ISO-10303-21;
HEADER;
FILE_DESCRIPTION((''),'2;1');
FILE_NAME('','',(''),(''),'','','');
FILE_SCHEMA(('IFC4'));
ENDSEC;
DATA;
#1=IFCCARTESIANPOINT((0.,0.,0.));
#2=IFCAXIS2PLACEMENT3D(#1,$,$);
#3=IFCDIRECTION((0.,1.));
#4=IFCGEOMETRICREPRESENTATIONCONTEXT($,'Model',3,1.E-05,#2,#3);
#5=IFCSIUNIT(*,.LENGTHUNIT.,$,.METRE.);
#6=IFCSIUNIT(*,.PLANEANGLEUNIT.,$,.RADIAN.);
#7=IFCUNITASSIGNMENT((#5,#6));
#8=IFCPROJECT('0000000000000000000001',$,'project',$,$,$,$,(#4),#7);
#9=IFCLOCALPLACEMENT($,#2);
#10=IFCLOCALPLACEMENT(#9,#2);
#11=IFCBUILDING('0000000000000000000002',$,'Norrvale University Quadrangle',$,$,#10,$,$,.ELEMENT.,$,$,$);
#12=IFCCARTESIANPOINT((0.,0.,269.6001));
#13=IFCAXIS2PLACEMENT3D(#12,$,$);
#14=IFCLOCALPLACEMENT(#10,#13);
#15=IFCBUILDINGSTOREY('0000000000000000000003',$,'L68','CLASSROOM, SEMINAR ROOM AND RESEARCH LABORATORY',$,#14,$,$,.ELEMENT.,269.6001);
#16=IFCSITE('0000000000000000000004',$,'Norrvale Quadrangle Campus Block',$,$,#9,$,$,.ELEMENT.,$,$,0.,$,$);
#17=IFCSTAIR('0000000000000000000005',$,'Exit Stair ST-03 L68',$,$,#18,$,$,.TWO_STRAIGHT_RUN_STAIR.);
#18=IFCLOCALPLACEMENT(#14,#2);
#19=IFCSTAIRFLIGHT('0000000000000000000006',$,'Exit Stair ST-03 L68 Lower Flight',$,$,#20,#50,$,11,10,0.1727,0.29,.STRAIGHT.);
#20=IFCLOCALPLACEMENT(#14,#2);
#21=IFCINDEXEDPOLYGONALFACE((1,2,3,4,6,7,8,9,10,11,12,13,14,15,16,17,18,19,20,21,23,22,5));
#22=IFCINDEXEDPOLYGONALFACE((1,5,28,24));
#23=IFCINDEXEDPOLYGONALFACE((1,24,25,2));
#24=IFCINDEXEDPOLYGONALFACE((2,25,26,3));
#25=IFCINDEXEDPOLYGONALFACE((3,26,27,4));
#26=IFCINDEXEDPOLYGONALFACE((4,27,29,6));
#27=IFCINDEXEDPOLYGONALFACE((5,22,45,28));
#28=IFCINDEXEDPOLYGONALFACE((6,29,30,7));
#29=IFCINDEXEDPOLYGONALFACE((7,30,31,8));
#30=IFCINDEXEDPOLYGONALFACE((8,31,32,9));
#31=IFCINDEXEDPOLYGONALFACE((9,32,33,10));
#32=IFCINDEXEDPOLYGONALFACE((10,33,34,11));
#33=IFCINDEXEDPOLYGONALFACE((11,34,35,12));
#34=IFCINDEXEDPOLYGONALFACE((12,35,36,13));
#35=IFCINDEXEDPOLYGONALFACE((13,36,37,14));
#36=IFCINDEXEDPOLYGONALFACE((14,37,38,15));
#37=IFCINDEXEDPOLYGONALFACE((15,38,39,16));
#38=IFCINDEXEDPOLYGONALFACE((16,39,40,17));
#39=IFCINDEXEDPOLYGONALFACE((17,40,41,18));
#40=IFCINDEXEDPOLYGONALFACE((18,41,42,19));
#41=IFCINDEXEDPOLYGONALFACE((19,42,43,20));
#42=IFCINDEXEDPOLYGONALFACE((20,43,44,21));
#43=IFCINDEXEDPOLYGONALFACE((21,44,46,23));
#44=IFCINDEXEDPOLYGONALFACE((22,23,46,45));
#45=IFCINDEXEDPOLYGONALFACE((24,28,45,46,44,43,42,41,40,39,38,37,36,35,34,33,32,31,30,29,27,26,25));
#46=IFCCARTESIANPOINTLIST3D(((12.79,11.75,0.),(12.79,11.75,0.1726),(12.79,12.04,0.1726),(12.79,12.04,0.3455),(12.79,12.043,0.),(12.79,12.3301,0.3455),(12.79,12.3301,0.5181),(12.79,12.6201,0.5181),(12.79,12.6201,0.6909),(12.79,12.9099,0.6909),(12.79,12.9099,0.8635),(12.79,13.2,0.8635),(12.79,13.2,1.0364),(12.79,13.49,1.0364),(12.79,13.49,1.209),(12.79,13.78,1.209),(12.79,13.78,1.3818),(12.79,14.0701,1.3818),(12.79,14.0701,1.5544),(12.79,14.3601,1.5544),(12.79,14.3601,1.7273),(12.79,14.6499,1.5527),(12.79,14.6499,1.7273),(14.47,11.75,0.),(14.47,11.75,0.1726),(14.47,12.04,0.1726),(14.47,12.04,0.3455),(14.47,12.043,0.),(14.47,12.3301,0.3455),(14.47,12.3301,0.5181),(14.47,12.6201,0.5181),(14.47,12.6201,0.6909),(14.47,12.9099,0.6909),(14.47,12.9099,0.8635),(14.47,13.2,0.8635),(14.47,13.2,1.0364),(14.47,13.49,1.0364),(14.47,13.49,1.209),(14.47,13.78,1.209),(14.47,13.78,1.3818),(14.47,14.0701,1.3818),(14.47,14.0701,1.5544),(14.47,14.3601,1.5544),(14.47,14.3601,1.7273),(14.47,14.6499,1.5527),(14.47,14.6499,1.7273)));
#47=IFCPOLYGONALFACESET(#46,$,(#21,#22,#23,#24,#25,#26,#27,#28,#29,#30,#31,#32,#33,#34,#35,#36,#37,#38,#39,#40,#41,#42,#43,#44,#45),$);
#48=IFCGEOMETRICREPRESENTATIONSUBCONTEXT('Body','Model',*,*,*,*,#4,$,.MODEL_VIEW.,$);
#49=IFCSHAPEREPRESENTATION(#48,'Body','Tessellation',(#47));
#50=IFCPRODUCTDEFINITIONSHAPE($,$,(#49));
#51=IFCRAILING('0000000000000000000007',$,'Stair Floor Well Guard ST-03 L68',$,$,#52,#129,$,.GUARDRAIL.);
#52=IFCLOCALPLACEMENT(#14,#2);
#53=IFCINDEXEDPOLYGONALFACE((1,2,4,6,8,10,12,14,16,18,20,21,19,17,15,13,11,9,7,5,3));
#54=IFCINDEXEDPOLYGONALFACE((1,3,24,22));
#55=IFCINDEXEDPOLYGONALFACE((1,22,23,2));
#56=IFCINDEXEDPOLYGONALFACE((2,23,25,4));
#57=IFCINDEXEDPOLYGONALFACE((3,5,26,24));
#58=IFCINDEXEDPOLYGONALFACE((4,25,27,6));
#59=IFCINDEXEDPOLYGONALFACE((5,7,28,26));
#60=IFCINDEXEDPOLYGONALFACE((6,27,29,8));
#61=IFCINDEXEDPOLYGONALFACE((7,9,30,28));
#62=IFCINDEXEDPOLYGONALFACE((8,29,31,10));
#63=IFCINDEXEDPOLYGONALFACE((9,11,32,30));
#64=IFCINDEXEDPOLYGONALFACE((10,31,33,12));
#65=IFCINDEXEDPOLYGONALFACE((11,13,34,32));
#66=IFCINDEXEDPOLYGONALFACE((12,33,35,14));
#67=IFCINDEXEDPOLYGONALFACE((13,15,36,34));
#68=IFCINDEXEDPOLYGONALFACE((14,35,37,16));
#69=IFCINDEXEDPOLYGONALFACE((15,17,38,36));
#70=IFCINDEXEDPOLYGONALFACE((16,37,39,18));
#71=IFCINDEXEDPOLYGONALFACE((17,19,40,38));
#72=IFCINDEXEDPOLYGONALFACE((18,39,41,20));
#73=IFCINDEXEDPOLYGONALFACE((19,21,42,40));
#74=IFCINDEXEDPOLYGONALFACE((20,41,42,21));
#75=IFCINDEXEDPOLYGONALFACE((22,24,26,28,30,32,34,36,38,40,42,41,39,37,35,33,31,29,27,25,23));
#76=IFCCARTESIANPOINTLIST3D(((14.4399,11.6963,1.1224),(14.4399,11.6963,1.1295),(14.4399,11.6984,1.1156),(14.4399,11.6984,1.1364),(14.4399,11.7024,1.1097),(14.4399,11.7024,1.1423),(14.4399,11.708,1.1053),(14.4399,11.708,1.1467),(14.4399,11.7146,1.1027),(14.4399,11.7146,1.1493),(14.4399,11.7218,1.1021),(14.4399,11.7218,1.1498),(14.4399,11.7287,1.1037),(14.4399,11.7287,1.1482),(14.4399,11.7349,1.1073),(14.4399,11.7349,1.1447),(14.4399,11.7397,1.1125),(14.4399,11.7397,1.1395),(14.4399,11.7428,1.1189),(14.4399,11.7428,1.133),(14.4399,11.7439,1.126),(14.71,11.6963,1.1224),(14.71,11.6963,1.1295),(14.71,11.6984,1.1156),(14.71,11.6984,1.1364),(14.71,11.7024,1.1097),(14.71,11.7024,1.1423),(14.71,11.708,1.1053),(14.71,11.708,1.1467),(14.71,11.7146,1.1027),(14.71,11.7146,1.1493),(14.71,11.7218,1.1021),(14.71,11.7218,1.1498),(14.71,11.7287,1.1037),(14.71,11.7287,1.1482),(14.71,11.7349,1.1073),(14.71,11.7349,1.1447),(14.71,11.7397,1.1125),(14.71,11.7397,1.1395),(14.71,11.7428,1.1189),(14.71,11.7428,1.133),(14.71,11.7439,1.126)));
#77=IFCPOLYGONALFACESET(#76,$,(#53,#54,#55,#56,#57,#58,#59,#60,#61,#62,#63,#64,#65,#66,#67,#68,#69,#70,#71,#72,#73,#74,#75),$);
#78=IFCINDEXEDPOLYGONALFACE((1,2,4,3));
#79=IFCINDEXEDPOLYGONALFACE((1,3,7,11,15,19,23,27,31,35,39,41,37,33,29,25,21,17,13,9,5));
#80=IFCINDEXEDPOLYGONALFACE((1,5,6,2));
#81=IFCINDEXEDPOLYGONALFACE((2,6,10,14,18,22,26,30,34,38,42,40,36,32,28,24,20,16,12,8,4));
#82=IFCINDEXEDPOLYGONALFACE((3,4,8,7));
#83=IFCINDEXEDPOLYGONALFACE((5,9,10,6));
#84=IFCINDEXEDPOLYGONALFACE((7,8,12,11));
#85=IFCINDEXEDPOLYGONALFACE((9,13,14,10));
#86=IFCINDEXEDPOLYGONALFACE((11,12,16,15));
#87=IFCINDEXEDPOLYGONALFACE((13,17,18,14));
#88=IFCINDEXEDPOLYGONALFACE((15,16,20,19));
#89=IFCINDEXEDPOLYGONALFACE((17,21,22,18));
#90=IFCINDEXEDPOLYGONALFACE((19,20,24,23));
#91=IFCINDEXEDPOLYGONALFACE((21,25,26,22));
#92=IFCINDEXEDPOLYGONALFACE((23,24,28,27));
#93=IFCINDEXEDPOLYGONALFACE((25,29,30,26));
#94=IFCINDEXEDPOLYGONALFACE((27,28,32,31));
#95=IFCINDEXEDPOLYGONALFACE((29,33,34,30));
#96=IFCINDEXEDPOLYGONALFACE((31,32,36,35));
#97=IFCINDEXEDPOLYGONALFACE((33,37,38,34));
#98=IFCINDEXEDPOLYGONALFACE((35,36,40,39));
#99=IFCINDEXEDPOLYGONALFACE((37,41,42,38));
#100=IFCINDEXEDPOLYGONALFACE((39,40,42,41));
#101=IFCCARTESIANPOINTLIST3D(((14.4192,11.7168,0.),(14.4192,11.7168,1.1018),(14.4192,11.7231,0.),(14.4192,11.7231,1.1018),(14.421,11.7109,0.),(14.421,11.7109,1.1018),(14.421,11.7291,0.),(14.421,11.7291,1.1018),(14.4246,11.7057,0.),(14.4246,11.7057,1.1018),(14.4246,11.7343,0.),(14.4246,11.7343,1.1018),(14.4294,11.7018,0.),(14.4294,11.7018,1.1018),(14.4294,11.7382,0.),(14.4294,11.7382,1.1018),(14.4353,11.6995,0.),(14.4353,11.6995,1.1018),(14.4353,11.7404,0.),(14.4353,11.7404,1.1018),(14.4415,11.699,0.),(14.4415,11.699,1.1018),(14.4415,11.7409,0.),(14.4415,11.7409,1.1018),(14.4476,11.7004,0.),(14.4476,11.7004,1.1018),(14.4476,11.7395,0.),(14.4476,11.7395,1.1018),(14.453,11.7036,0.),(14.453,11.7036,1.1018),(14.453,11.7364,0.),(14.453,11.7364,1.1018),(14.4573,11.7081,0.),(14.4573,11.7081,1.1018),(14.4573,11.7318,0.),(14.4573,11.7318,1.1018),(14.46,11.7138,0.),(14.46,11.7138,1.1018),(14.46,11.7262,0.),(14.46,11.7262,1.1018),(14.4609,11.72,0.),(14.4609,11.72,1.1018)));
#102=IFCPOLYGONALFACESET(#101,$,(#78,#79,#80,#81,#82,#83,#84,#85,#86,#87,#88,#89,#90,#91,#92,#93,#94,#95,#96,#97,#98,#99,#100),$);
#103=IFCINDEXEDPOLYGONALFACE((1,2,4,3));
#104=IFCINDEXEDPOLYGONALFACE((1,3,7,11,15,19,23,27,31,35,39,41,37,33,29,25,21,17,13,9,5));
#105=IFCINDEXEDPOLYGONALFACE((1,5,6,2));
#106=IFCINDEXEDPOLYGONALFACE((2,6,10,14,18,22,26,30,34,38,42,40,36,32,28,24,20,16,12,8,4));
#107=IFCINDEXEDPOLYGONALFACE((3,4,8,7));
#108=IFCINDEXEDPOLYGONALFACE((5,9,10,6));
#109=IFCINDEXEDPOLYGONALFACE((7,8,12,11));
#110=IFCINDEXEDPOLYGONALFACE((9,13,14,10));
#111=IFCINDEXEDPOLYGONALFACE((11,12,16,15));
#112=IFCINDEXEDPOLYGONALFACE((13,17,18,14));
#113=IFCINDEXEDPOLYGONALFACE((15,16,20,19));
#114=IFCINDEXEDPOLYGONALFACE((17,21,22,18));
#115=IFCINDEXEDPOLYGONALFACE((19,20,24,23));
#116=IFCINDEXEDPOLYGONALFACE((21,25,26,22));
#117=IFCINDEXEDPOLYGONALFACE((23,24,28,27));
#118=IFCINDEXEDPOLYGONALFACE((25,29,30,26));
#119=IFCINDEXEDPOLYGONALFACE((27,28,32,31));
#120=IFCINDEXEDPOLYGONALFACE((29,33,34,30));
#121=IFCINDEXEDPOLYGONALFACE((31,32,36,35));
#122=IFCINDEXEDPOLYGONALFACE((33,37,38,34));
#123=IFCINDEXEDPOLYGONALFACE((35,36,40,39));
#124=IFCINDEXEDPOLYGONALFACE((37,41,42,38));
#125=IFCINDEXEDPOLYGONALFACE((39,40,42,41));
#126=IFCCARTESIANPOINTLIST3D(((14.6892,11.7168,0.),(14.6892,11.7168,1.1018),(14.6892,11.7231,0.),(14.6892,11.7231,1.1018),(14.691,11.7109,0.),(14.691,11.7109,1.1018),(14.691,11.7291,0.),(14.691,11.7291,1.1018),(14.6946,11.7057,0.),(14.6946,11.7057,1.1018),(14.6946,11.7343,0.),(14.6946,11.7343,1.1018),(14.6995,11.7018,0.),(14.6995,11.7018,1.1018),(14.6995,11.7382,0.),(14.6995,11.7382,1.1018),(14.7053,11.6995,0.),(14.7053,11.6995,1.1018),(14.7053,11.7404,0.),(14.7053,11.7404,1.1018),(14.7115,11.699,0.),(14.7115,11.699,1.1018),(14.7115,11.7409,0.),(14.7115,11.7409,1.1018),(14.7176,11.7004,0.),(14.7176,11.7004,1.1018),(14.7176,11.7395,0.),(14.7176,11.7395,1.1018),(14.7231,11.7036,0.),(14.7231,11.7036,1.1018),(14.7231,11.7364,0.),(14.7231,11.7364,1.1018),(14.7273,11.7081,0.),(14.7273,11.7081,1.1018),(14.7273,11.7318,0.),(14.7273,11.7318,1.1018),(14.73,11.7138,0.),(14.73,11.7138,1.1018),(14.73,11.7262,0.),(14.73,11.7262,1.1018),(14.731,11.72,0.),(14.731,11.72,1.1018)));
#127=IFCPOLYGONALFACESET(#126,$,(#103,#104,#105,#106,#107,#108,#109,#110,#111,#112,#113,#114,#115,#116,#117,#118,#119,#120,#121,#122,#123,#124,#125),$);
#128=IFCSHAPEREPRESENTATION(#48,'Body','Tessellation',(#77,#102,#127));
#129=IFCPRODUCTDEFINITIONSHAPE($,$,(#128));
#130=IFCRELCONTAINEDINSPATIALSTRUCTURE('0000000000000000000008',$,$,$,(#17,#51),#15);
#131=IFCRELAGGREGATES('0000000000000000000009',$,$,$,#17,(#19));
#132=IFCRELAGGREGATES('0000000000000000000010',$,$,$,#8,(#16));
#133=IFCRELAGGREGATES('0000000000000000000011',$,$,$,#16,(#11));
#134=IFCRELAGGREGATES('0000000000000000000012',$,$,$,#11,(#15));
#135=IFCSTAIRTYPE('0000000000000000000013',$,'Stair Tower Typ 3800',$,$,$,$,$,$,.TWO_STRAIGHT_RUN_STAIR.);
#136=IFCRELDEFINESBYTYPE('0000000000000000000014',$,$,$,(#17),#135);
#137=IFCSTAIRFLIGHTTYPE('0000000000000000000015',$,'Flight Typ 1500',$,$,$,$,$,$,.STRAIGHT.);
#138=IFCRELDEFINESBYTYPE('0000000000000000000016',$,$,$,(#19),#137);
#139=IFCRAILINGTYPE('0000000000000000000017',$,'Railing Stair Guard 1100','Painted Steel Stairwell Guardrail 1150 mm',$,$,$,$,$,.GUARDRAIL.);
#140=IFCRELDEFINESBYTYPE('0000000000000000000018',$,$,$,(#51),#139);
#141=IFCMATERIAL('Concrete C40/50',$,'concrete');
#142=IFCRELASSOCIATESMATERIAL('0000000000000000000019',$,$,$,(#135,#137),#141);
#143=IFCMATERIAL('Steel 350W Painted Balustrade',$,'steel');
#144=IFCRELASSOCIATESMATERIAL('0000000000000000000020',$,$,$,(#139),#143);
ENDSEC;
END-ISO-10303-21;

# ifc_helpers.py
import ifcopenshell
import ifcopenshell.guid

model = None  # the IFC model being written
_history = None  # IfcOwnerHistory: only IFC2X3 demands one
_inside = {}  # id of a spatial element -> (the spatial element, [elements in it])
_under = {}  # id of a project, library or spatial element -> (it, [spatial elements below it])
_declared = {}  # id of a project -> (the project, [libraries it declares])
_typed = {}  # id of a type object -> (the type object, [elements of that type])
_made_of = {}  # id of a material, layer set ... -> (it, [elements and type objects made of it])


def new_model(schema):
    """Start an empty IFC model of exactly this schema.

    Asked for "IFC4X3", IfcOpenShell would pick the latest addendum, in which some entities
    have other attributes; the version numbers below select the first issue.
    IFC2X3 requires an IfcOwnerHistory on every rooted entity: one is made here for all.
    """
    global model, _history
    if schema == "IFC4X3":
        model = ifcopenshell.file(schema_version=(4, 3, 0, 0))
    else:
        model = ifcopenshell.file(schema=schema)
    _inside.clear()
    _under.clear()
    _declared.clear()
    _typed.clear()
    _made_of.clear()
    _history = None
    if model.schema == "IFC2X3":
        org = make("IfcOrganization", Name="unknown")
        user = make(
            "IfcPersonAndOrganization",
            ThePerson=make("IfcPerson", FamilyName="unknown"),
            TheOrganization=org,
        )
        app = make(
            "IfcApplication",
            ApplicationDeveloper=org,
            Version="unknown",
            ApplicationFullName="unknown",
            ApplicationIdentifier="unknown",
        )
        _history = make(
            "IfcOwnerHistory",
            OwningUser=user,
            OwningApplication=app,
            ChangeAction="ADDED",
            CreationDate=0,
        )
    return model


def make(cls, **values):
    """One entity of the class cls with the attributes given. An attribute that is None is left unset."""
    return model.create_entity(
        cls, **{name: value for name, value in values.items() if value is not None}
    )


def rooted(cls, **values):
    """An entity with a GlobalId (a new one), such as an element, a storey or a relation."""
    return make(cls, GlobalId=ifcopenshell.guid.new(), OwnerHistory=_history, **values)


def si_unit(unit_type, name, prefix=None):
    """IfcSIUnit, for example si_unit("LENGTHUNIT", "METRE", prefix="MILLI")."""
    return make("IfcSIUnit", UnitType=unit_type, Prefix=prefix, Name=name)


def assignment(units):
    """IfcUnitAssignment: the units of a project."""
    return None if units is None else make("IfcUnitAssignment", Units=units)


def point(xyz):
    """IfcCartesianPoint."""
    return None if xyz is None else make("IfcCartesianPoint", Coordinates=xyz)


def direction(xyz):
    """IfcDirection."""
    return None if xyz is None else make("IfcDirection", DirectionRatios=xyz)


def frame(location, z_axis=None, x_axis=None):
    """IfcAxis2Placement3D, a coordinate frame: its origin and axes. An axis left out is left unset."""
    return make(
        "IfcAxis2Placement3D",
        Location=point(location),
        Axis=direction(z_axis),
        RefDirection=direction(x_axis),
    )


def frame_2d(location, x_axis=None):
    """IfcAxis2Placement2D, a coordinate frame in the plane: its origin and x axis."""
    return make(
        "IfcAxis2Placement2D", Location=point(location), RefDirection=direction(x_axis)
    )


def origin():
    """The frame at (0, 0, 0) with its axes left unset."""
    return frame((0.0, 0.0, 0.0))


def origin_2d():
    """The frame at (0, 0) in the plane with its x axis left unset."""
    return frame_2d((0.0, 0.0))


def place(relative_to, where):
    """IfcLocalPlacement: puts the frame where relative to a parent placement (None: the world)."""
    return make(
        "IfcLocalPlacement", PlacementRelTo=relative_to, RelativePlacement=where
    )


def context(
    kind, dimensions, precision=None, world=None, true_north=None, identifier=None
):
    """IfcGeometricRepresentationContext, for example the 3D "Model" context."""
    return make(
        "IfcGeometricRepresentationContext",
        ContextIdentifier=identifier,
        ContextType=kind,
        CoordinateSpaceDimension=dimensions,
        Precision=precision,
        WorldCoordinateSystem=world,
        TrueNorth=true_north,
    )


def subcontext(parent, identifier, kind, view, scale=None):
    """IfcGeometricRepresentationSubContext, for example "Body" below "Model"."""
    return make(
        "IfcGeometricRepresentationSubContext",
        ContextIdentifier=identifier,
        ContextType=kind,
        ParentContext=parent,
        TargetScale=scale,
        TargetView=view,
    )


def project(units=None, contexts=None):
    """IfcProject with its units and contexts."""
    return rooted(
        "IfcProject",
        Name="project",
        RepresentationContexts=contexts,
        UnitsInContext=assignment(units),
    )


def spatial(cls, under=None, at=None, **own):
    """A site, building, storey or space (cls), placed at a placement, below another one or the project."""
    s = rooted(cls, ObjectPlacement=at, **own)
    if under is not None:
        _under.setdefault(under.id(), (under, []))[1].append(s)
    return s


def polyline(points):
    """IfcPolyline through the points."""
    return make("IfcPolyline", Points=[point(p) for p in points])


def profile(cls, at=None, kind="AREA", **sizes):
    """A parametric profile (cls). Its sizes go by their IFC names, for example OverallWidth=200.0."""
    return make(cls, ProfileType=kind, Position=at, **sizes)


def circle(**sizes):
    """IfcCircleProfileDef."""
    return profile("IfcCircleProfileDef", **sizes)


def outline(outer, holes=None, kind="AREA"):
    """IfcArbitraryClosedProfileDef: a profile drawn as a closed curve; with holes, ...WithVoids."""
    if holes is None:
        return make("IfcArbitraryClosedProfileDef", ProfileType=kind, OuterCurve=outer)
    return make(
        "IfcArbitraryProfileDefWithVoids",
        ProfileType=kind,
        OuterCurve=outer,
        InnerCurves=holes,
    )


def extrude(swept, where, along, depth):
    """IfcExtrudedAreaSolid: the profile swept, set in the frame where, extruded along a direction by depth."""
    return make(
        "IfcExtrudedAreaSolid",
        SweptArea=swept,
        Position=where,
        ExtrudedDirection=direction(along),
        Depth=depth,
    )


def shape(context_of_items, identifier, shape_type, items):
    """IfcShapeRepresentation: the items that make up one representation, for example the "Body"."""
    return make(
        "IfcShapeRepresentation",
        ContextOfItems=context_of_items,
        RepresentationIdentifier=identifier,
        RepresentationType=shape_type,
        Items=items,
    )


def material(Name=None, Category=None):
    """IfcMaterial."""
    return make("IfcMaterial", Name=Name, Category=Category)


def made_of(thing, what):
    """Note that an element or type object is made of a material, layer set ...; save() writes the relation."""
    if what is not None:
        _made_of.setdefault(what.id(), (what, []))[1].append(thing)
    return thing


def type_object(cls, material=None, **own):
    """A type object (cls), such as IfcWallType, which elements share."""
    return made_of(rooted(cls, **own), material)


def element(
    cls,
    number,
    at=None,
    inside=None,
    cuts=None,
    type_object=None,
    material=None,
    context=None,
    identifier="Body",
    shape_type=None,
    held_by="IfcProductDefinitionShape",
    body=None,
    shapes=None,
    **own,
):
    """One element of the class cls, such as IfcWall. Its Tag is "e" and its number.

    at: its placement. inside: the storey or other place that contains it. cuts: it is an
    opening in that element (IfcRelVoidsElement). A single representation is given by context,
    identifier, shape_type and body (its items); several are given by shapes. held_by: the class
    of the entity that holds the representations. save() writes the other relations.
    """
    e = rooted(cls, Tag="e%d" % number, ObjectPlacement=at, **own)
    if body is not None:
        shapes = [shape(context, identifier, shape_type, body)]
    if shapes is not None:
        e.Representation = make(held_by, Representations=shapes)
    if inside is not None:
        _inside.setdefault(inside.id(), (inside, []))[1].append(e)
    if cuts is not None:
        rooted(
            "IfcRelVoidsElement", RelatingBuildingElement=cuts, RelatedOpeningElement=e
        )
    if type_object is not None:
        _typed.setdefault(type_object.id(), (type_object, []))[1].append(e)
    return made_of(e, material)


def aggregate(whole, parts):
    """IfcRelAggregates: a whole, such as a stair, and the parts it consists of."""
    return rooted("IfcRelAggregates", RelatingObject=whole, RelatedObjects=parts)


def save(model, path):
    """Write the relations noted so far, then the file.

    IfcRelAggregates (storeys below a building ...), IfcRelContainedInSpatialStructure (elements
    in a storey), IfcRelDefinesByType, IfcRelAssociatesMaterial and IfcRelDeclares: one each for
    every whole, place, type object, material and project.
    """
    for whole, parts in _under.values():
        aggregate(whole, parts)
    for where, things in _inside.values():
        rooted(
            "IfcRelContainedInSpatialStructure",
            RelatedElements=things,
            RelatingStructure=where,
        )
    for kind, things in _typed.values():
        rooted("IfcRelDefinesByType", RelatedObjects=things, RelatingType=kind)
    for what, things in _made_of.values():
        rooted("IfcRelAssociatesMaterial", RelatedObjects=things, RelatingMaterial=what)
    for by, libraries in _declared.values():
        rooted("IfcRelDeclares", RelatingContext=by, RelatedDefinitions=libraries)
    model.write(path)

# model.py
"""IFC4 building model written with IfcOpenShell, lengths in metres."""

from ifc_helpers import new_model, si_unit, direction, frame, origin, origin_2d, place, context, subcontext, project, spatial, polyline, circle, outline, extrude, material, type_object, element, aggregate, save


model = new_model("IFC4")

# Units and contexts
model_context = context("Model", 3, precision=1e-05, world=origin(), true_north=direction((0.0, 1.0)))
body_context = subcontext(model_context, "Body", "Model", "MODEL_VIEW")
ifc_project = project(units=[si_unit("LENGTHUNIT", "METRE"), si_unit("PLANEANGLEUNIT", "RADIAN")], contexts=[model_context])

# Site, building, storey
site_placement = place(None, origin())
site = spatial("IfcSite", under=ifc_project, at=site_placement, Name="Norrvale Quadrangle Campus Block", CompositionType="ELEMENT", RefElevation=0.0)
building_placement = place(site_placement, origin())
building = spatial("IfcBuilding", under=site, at=building_placement, Name="Norrvale University Quadrangle", CompositionType="ELEMENT")
storey_placement = place(building_placement, frame((0.0, 0.0, 269.6001)))
storey = spatial("IfcBuildingStorey", under=building, at=storey_placement, Name="L68", Description="CLASSROOM, SEMINAR ROOM AND RESEARCH LABORATORY", CompositionType="ELEMENT", Elevation=269.6001)

# Stair, stair flight
ifc_material_1 = material(Name="Concrete C40/50", Category="concrete")
stair_type = type_object("IfcStairType", Name="Stair Tower Typ 3800", PredefinedType="TWO_STRAIGHT_RUN_STAIR", material=ifc_material_1)
stair_placement = place(storey_placement, origin())
stair = element("IfcStair", 1, at=stair_placement, inside=storey, type_object=stair_type, Name="Exit Stair ST-03 L68", PredefinedType="TWO_STRAIGHT_RUN_STAIR")
stair_flight_type = type_object("IfcStairFlightType", Name="Flight Typ 1500", PredefinedType="STRAIGHT", material=ifc_material_1)
stair_flight_placement = place(storey_placement, frame((13.6299, 11.75, 0.0), z_axis=(0.0, 0.0, 1.0), x_axis=(0.0, 1.0, 0.0)))
stair_flight = element("IfcStairFlight", 2, at=stair_flight_placement, type_object=stair_flight_type, Name="Exit Stair ST-03 L68 Lower Flight", NumberOfRisers=11, NumberOfTreads=10, PredefinedType="STRAIGHT", RiserHeight=0.1727, TreadLength=0.29, context=body_context, shape_type="SweptSolid", body=[
    extrude(outline(polyline([(0.0, 0.0), (0.0, 0.1726), (0.29, 0.1726), (0.29, 0.3455), (0.5801, 0.3455), (0.5801, 0.5181), (0.8701, 0.5181), (0.8701, 0.6909), (1.1599, 0.6909), (1.1599, 0.8635), (1.45, 0.8635), (1.45, 1.0364), (1.74, 1.0364), (1.74, 1.209), (2.03, 1.209), (2.03, 1.3818), (2.3201, 1.3818), (2.3201, 1.5544), (2.6101, 1.5544), (2.6101, 1.7273), (2.8999, 1.7273), (2.8999, 1.8999), (2.8999, 1.5527), (0.293, 0.0), (0.0, 0.0)])), frame((0.0, 0.8398, 0.0), z_axis=(0.0, -1.0, 0.0), x_axis=(1.0, 0.0, 0.0)), (0.0, 0.0, 1.0), 1.6799),
])
aggregate(stair, [stair_flight])

# Railing
ifc_material_2 = material(Name="Steel 350W Painted Balustrade", Category="steel")
railing_type_1 = type_object("IfcRailingType", Name="Railing Stair Guard 1100", Description="Painted Steel Stairwell Guardrail 1150 mm", PredefinedType="GUARDRAIL", material=ifc_material_2)
railing_1_placement = place(storey_placement, frame((14.4399, 11.72, 0.0)))
element("IfcRailing", 3, at=railing_1_placement, inside=storey, type_object=railing_type_1, Name="Stair Floor Well Guard ST-03 L68", PredefinedType="GUARDRAIL", context=body_context, shape_type="SweptSolid", body=[
    extrude(circle(Radius=0.0239, at=origin_2d()), frame((0.0, 0.0, 1.126), z_axis=(1.0, 0.0, 0.0), x_axis=(0.0, 1.0, 0.0)), (0.0, 0.0, 1.0), 0.27),
    extrude(circle(Radius=0.021, at=origin_2d()), origin(), (0.0, 0.0, 1.0), 1.1018),
    extrude(circle(Radius=0.021, at=origin_2d()), frame((0.27, 0.0, 0.0)), (0.0, 0.0, 1.0), 1.1018),
])

save(model, "model.ifc")
